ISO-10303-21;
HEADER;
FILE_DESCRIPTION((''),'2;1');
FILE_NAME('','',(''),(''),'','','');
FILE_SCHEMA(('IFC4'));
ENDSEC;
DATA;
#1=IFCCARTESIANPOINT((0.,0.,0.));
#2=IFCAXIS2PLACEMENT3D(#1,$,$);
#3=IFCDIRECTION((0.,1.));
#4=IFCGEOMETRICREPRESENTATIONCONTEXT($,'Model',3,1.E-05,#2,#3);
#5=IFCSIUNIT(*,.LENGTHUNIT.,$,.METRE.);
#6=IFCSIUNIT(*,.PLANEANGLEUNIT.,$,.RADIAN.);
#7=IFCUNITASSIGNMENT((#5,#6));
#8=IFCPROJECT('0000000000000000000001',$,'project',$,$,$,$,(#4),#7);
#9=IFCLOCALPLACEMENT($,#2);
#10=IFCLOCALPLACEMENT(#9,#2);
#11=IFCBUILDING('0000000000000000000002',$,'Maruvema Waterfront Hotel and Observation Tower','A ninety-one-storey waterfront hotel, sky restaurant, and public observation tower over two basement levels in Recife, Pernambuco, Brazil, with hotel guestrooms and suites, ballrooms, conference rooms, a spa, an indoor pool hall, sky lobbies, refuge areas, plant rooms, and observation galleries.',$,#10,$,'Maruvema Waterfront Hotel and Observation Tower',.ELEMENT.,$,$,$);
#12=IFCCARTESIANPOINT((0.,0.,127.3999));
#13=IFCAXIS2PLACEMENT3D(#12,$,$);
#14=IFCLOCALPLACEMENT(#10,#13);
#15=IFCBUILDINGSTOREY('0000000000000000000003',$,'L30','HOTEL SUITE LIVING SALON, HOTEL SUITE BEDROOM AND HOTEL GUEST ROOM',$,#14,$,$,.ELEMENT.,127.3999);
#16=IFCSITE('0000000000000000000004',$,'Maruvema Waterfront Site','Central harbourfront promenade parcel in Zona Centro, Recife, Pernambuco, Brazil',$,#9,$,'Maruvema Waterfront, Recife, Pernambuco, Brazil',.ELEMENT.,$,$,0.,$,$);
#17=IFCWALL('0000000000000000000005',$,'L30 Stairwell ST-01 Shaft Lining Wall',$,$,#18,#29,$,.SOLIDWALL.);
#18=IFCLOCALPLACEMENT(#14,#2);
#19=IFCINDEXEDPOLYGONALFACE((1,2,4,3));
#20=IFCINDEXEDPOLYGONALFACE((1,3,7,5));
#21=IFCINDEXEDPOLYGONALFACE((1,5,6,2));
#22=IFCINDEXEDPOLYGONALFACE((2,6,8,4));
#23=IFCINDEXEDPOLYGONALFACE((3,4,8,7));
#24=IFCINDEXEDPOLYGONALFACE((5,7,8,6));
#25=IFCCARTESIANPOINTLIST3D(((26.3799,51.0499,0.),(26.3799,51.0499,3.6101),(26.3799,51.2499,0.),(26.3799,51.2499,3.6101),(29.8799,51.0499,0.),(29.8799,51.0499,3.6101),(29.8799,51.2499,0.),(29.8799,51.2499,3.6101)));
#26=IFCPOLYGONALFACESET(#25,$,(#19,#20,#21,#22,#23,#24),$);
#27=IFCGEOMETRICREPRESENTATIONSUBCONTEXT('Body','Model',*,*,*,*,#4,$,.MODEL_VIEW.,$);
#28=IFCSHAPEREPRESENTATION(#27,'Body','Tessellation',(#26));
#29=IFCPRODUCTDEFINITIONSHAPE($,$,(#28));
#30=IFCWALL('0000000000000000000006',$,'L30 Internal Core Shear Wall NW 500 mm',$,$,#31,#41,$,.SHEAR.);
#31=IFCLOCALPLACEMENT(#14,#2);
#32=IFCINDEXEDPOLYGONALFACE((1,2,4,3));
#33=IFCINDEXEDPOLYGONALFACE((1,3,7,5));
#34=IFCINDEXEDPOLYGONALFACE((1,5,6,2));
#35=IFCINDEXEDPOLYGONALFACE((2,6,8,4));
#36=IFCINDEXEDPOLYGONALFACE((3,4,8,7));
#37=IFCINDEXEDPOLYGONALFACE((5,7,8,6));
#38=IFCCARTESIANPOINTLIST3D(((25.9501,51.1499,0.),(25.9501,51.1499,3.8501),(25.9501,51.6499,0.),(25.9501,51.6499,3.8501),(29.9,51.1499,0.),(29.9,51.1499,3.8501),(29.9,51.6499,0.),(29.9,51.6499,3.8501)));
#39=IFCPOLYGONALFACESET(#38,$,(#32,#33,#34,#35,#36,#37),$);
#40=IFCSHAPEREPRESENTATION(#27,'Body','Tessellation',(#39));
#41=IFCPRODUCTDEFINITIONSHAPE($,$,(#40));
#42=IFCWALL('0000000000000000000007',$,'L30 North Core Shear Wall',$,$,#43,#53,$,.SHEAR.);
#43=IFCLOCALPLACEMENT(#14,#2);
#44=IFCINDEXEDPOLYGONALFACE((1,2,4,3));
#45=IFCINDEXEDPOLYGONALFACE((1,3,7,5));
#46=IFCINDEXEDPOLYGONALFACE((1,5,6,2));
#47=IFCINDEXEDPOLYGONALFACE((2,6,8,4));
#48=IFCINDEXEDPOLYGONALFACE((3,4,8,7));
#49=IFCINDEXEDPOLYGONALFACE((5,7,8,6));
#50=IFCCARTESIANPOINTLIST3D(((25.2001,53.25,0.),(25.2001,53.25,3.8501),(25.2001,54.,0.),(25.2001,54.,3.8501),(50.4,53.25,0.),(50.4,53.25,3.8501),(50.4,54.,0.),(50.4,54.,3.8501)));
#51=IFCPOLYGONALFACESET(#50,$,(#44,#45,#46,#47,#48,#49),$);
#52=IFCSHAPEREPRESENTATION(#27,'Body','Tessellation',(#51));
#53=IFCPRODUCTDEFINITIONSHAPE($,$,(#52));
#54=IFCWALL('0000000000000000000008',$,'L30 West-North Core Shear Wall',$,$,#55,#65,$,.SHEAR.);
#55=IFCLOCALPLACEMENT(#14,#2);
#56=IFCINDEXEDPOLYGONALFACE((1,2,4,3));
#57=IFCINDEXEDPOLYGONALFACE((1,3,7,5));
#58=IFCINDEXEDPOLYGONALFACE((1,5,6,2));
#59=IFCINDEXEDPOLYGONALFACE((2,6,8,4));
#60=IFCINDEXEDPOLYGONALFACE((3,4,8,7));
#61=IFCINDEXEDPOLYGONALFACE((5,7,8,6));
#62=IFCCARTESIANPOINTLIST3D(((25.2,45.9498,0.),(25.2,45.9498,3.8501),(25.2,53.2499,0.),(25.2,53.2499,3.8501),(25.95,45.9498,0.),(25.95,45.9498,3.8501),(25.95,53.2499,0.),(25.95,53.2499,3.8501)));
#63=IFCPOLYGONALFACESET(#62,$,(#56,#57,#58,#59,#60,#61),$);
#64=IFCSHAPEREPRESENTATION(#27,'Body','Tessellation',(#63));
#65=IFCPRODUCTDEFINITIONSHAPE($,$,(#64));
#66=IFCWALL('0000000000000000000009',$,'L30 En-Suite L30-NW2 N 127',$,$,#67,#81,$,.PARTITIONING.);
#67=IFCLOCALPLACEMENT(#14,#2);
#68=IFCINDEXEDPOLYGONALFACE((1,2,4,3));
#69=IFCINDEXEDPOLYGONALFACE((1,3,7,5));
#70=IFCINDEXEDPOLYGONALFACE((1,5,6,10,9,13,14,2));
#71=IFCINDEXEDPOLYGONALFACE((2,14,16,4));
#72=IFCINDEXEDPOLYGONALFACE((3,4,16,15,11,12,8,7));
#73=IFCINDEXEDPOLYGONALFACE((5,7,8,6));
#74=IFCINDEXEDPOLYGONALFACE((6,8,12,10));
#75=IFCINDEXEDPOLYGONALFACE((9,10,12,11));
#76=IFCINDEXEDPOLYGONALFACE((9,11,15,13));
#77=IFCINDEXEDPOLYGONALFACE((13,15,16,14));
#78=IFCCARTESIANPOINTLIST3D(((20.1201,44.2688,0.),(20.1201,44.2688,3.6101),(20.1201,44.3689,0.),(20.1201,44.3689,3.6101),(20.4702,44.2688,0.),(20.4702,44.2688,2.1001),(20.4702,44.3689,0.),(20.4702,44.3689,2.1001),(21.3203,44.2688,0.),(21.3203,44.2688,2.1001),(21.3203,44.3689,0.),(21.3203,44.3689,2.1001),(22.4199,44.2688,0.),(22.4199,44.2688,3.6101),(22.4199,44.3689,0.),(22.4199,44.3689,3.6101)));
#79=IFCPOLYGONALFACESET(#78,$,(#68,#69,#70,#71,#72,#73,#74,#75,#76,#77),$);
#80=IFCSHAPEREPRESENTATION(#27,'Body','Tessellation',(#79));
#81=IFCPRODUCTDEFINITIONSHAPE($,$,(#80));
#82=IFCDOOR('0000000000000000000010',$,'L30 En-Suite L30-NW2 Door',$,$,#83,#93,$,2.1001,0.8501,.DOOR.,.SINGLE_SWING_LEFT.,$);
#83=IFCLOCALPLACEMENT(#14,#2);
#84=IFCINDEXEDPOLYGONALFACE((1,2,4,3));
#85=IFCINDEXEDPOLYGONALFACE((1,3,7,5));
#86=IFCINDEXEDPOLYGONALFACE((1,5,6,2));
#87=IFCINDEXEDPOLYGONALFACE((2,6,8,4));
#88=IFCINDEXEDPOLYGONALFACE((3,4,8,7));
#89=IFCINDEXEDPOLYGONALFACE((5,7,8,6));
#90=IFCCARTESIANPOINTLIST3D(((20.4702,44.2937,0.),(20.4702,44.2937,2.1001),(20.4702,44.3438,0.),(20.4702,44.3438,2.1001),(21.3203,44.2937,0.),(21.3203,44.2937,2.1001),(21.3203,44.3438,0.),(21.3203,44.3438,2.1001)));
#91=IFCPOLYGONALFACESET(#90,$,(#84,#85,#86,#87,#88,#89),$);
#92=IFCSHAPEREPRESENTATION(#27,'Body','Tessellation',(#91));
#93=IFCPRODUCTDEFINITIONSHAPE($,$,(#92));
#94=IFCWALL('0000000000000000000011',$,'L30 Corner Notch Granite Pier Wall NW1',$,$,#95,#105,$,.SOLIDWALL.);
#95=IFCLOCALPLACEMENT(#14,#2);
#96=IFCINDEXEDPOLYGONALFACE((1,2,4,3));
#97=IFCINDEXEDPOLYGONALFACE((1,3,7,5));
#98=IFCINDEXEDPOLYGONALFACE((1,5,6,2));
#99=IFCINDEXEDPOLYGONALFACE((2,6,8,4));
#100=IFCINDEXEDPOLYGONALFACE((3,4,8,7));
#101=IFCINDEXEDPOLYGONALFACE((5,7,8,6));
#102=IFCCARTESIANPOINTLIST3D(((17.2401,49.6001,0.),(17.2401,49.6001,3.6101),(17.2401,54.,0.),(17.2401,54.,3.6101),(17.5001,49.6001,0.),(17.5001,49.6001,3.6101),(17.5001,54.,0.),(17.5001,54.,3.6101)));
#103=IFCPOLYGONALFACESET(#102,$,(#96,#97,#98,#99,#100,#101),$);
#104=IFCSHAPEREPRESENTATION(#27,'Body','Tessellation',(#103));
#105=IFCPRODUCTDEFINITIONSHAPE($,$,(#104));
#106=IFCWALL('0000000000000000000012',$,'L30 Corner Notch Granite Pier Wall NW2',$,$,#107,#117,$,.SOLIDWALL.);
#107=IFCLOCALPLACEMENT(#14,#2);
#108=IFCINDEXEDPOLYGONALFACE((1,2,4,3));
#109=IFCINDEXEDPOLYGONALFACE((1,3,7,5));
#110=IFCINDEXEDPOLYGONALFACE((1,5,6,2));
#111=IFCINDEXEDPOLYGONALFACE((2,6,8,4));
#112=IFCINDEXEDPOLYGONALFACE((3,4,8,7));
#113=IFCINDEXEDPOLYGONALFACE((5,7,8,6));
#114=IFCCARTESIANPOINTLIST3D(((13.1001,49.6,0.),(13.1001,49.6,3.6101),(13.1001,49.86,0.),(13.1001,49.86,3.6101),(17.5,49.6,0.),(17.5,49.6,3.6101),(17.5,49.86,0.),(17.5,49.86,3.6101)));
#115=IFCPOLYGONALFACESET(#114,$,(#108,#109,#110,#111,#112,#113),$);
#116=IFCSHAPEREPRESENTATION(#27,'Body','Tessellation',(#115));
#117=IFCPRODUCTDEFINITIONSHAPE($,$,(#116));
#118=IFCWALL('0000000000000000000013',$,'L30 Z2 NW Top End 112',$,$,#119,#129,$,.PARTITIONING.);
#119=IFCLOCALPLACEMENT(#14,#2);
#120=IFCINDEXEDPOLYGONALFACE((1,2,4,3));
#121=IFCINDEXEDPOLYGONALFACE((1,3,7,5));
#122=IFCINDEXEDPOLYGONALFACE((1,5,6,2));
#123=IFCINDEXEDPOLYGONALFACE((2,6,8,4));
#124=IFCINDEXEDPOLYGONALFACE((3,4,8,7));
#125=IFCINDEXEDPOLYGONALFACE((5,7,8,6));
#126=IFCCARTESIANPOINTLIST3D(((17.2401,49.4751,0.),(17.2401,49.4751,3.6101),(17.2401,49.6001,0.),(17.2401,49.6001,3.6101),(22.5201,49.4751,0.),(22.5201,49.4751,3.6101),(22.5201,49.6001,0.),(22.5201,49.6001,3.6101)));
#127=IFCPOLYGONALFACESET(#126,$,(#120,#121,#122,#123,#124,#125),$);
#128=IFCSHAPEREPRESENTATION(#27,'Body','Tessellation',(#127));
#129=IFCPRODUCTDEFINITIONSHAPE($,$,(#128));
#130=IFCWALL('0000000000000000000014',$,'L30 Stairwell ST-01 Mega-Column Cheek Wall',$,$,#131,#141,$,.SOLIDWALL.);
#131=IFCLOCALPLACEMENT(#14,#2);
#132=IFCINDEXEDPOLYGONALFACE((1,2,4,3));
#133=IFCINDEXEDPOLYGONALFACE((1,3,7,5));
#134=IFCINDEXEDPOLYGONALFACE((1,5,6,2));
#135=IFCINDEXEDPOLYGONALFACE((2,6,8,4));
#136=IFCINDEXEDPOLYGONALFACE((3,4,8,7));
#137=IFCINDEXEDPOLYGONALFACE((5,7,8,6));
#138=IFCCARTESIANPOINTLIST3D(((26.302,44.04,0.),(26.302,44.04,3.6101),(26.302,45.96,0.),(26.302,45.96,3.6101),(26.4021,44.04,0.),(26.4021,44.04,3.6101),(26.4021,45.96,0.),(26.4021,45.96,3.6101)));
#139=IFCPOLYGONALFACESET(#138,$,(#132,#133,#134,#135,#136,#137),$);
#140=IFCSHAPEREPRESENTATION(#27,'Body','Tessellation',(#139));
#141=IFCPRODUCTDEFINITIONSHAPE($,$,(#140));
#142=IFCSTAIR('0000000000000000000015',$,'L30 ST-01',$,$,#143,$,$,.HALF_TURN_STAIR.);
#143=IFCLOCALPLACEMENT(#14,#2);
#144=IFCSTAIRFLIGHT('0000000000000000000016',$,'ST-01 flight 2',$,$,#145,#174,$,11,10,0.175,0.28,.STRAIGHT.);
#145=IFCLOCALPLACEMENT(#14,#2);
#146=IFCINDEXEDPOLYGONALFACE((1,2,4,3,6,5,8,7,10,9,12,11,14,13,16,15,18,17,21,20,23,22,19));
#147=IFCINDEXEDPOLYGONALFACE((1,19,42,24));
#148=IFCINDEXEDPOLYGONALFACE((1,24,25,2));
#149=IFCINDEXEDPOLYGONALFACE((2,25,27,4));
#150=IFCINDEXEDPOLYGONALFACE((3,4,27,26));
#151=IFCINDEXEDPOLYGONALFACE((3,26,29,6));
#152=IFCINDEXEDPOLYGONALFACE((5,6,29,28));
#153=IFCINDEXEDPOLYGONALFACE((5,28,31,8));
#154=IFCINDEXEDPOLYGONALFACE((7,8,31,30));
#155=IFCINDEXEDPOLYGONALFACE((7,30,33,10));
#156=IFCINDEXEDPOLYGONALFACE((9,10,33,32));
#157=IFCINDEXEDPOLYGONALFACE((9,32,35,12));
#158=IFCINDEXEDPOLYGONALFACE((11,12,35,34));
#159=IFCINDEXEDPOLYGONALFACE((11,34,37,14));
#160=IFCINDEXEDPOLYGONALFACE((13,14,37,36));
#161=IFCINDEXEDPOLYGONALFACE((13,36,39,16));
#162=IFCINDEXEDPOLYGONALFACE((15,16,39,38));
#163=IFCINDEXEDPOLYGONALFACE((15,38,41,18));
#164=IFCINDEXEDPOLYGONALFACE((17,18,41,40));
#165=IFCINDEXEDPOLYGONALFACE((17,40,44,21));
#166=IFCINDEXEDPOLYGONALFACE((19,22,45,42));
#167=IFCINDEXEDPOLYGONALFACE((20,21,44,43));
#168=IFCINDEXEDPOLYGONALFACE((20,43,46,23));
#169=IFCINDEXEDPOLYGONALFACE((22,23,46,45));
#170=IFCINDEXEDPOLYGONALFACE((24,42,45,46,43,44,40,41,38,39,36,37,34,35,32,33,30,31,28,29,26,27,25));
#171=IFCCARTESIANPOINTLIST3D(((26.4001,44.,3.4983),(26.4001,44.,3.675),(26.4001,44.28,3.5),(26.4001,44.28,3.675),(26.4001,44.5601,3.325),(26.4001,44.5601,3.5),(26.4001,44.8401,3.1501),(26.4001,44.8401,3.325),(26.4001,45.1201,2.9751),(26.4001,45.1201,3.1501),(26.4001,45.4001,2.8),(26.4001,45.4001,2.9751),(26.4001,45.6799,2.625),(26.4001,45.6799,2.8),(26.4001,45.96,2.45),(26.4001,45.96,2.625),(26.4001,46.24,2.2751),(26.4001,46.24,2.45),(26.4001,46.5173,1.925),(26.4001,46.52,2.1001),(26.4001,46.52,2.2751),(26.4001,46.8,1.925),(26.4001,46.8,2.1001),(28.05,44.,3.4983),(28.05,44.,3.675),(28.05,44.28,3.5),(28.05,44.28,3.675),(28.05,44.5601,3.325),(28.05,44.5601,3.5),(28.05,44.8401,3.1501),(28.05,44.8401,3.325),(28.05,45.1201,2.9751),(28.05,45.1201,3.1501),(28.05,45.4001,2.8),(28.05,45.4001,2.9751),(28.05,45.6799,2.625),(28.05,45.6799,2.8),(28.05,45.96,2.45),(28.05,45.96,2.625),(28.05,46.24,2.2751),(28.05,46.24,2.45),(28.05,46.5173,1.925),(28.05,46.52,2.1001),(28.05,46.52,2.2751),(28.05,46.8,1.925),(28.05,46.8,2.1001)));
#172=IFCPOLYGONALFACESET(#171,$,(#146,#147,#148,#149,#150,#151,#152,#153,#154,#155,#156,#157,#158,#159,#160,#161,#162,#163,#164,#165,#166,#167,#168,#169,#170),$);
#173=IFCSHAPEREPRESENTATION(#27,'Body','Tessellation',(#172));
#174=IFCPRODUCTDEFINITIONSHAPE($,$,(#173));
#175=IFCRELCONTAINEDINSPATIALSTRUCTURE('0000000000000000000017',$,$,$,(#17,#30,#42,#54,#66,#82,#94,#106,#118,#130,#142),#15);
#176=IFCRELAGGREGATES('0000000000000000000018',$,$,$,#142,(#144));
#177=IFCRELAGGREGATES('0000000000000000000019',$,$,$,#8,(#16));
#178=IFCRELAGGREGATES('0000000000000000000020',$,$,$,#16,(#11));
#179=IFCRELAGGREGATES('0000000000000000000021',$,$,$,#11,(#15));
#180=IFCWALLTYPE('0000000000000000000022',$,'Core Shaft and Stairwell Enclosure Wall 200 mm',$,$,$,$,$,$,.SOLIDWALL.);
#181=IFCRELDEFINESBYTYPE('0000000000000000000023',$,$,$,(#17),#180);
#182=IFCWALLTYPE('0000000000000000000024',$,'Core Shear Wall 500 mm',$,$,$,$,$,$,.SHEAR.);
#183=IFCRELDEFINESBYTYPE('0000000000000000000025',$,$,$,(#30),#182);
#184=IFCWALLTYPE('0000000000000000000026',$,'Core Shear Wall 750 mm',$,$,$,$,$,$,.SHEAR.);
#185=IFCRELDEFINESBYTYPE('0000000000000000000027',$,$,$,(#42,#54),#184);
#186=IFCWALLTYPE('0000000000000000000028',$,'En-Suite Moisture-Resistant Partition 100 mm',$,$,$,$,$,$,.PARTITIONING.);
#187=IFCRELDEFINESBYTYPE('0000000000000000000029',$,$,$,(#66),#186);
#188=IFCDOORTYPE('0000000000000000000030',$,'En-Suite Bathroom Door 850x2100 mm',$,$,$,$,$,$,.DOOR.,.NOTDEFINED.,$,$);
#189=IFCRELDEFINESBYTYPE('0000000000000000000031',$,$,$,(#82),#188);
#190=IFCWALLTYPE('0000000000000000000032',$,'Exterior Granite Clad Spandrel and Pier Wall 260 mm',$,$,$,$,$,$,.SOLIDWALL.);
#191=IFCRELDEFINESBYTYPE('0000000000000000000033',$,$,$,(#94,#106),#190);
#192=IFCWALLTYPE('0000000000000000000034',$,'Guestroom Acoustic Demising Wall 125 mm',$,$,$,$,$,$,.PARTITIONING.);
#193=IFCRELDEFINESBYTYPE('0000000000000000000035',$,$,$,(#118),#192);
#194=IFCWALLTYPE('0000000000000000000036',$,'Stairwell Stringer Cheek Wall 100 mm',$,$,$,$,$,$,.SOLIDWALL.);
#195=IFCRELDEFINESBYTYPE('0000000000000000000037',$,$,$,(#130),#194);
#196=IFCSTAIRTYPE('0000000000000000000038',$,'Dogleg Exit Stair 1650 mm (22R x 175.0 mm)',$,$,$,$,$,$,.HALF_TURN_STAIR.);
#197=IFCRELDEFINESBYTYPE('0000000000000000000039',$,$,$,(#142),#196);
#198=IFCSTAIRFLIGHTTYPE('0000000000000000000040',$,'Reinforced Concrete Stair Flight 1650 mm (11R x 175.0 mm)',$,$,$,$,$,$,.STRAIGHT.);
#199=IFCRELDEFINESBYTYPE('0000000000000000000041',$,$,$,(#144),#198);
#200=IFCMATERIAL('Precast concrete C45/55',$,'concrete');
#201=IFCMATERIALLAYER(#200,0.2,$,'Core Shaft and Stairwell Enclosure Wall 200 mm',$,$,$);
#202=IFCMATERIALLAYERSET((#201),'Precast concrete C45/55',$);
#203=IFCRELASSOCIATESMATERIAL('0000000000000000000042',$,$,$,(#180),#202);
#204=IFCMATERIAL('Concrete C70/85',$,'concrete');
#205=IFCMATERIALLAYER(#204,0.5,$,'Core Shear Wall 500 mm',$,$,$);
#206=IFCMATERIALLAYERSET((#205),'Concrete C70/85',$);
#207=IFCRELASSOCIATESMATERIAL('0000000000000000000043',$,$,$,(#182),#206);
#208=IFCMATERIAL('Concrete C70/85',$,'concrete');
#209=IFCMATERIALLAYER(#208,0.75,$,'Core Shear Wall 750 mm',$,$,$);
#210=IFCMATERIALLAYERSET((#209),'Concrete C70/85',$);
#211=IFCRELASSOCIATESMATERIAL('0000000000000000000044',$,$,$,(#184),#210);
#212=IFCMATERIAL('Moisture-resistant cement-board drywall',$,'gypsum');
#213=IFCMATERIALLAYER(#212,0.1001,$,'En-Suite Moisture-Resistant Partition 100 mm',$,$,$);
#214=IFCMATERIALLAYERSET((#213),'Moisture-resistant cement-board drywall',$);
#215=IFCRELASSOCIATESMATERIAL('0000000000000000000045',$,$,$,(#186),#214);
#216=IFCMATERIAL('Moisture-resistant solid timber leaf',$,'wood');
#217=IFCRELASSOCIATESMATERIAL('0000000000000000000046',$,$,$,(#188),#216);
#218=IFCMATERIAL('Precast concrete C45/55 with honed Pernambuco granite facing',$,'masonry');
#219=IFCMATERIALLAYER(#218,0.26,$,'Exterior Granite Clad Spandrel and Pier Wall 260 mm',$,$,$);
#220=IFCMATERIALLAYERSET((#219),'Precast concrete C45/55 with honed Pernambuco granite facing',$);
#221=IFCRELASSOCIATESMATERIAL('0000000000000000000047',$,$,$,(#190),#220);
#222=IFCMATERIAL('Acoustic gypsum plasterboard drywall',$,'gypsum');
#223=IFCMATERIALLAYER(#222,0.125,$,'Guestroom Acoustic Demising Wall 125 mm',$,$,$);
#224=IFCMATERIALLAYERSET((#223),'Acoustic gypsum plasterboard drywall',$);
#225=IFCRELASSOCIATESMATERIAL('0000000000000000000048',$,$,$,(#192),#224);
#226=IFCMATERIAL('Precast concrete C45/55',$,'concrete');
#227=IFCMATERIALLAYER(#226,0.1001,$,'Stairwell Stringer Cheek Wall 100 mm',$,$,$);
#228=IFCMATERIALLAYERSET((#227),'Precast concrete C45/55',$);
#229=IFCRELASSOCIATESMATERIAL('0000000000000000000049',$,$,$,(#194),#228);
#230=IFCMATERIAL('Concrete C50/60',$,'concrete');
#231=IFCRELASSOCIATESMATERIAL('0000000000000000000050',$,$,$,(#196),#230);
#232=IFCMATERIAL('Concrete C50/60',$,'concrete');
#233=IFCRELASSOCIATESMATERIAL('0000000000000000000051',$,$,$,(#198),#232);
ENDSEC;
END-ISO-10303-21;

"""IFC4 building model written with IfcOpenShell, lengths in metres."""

from ifc_helpers import new_model, si_unit, direction, frame, frame_2d, origin, place, context, subcontext, project, spatial, polyline, rectangle, outline, extrude, material, layer, layer_set, type_object, element, fill, aggregate, save


model = new_model("IFC4")

# Units and contexts
model_context = context("Model", 3, precision=1e-05, world=origin(), true_north=direction((0.0, 1.0)))
body_context = subcontext(model_context, "Body", "Model", "MODEL_VIEW")
ifc_project = project(units=[si_unit("LENGTHUNIT", "METRE"), si_unit("PLANEANGLEUNIT", "RADIAN")], contexts=[model_context])

# Site, building, storey
site_placement = place(None, origin())
site = spatial("IfcSite", under=ifc_project, at=site_placement, Name="Maruvema Waterfront Site", Description="Central harbourfront promenade parcel in Zona Centro, Recife, Pernambuco, Brazil", LongName="Maruvema Waterfront, Recife, Pernambuco, Brazil", CompositionType="ELEMENT", RefElevation=0.0)
building_placement = place(site_placement, origin())
building = spatial("IfcBuilding", under=site, at=building_placement, Name="Maruvema Waterfront Hotel and Observation Tower", Description="A ninety-one-storey waterfront hotel, sky restaurant, and public observation tower over two basement levels in Recife, Pernambuco, Brazil, with hotel guestrooms and suites, ballrooms, conference rooms, a spa, an indoor pool hall, sky lobbies, refuge areas, plant rooms, and observation galleries.", LongName="Maruvema Waterfront Hotel and Observation Tower", CompositionType="ELEMENT")
storey_placement = place(building_placement, frame((0.0, 0.0, 127.3999)))
storey = spatial("IfcBuildingStorey", under=building, at=storey_placement, Name="L30", Description="HOTEL SUITE LIVING SALON, HOTEL SUITE BEDROOM AND HOTEL GUEST ROOM", CompositionType="ELEMENT", Elevation=127.3999)

# Walls
ifc_material_1 = material(Name="Precast concrete C45/55", Category="concrete")
ifc_layer_1 = layer(ifc_material_1, 0.2, Name="Core Shaft and Stairwell Enclosure Wall 200 mm")
ifc_layer_set_1 = layer_set([ifc_layer_1], Name="Precast concrete C45/55")
wall_type_1 = type_object("IfcWallType", Name="Core Shaft and Stairwell Enclosure Wall 200 mm", PredefinedType="SOLIDWALL", material=ifc_layer_set_1)
wall_1_placement = place(storey_placement, frame((26.3799, 51.1499, 0.0), z_axis=(0.0, 0.0, 1.0), x_axis=(1.0, 0.0, 0.0)))
element("IfcWall", 1, at=wall_1_placement, inside=storey, type_object=wall_type_1, Name="L30 Stairwell ST-01 Shaft Lining Wall", PredefinedType="SOLIDWALL", context=body_context, shape_type="SweptSolid", body=[
    extrude(rectangle(XDim=3.5, YDim=0.2, at=frame_2d((1.75, 0.0))), origin(), (0.0, 0.0, 1.0), 3.6101),
])
ifc_material_2 = material(Name="Concrete C70/85", Category="concrete")
ifc_layer_2 = layer(ifc_material_2, 0.5, Name="Core Shear Wall 500 mm")
ifc_layer_set_2 = layer_set([ifc_layer_2], Name="Concrete C70/85")
wall_type_2 = type_object("IfcWallType", Name="Core Shear Wall 500 mm", PredefinedType="SHEAR", material=ifc_layer_set_2)
wall_2_placement = place(storey_placement, frame((25.95, 51.3999, 0.0), z_axis=(0.0, 0.0, 1.0), x_axis=(1.0, 0.0, 0.0)))
element("IfcWall", 2, at=wall_2_placement, inside=storey, type_object=wall_type_2, Name="L30 Internal Core Shear Wall NW 500 mm", PredefinedType="SHEAR", context=body_context, shape_type="SweptSolid", body=[
    extrude(rectangle(XDim=3.95, YDim=0.5, at=frame_2d((1.9751, 0.0))), origin(), (0.0, 0.0, 1.0), 3.8501),
])
ifc_material_3 = material(Name="Concrete C70/85", Category="concrete")
ifc_layer_3 = layer(ifc_material_3, 0.75, Name="Core Shear Wall 750 mm")
ifc_layer_set_3 = layer_set([ifc_layer_3], Name="Concrete C70/85")
wall_type_3 = type_object("IfcWallType", Name="Core Shear Wall 750 mm", PredefinedType="SHEAR", material=ifc_layer_set_3)
wall_3_placement = place(storey_placement, frame((25.2, 53.625, 0.0), z_axis=(0.0, 0.0, 1.0), x_axis=(1.0, 0.0, 0.0)))
element("IfcWall", 3, at=wall_3_placement, inside=storey, type_object=wall_type_3, Name="L30 North Core Shear Wall", PredefinedType="SHEAR", context=body_context, shape_type="SweptSolid", body=[
    extrude(rectangle(XDim=25.2, YDim=0.75, at=frame_2d((12.6001, 0.0))), origin(), (0.0, 0.0, 1.0), 3.8501),
])
wall_4_placement = place(storey_placement, frame((25.575, 45.95, 0.0), z_axis=(0.0, 0.0, 1.0), x_axis=(0.0, 1.0, 0.0)))
element("IfcWall", 4, at=wall_4_placement, inside=storey, type_object=wall_type_3, Name="L30 West-North Core Shear Wall", PredefinedType="SHEAR", context=body_context, shape_type="SweptSolid", body=[
    extrude(rectangle(XDim=7.3, YDim=0.75, at=frame_2d((3.6499, 0.0))), origin(), (0.0, 0.0, 1.0), 3.8501),
])

# Wall, opening, door
ifc_material_4 = material(Name="Moisture-resistant cement-board drywall", Category="gypsum")
ifc_layer_4 = layer(ifc_material_4, 0.1001, Name="En-Suite Moisture-Resistant Partition 100 mm")
ifc_layer_set_4 = layer_set([ifc_layer_4], Name="Moisture-resistant cement-board drywall")
wall_type_4 = type_object("IfcWallType", Name="En-Suite Moisture-Resistant Partition 100 mm", PredefinedType="PARTITIONING", material=ifc_layer_set_4)
wall_5_placement = place(storey_placement, frame((20.1201, 44.3188, 0.0), z_axis=(0.0, 0.0, 1.0), x_axis=(1.0, 0.0, 0.0)))
wall_5 = element("IfcWall", 5, at=wall_5_placement, inside=storey, type_object=wall_type_4, Name="L30 En-Suite L30-NW2 N 127", PredefinedType="PARTITIONING", context=body_context, shape_type="SweptSolid", body=[
    extrude(rectangle(XDim=2.2998, YDim=0.1001, at=frame_2d((1.1499, 0.0))), origin(), (0.0, 0.0, 1.0), 3.6101),
])
opening_1_placement = place(wall_5_placement, frame((0.3501, 0.0, 0.0)))
opening_1 = element("IfcOpeningElement", 6, at=opening_1_placement, cuts=wall_5, PredefinedType="OPENING", context=body_context, shape_type="SweptSolid", body=[
    extrude(rectangle(XDim=0.8501, YDim=2.1001, at=frame_2d((0.425, 1.05))), frame((0.0, 0.0601, 0.0), z_axis=(0.0, -1.0, 0.0), x_axis=(1.0, 0.0, 0.0)), (0.0, 0.0, 1.0), 0.1201),
])
ifc_material_5 = material(Name="Moisture-resistant solid timber leaf", Category="wood")
door_type_1 = type_object("IfcDoorType", Name="En-Suite Bathroom Door 850x2100 mm", OperationType="NOTDEFINED", PredefinedType="DOOR", material=ifc_material_5)
door_1_placement = place(opening_1_placement, origin())
door_1 = element("IfcDoor", 7, at=door_1_placement, inside=storey, type_object=door_type_1, Name="L30 En-Suite L30-NW2 Door", OperationType="SINGLE_SWING_LEFT", OverallHeight=2.1001, OverallWidth=0.8501, PredefinedType="DOOR", context=body_context, shape_type="SweptSolid", body=[
    extrude(rectangle(XDim=0.8501, YDim=2.1001, at=frame_2d((0.425, 1.05))), frame((0.0, 0.0249, 0.0), z_axis=(0.0, -1.0, 0.0), x_axis=(1.0, 0.0, 0.0)), (0.0, 0.0, 1.0), 0.05),
])
fill(opening_1, door_1)

# Walls
ifc_material_6 = material(Name="Precast concrete C45/55 with honed Pernambuco granite facing", Category="masonry")
ifc_layer_5 = layer(ifc_material_6, 0.26, Name="Exterior Granite Clad Spandrel and Pier Wall 260 mm")
ifc_layer_set_5 = layer_set([ifc_layer_5], Name="Precast concrete C45/55 with honed Pernambuco granite facing")
wall_type_5 = type_object("IfcWallType", Name="Exterior Granite Clad Spandrel and Pier Wall 260 mm", PredefinedType="SOLIDWALL", material=ifc_layer_set_5)
for number, where, z_axis, x_axis, name in (
    (8, (17.3701, 49.6001, 0.0), (0.0, 0.0, 1.0), (0.0, 1.0, 0.0), "L30 Corner Notch Granite Pier Wall NW1"),
    (9, (13.1001, 49.73, 0.0), (0.0, 0.0, 1.0), (1.0, 0.0, 0.0), "L30 Corner Notch Granite Pier Wall NW2"),
):
    element("IfcWall", number, at=place(storey_placement, frame(where, z_axis=z_axis, x_axis=x_axis)), inside=storey, type_object=wall_type_5, Name=name, PredefinedType="SOLIDWALL", context=body_context, shape_type="SweptSolid", body=[
        extrude(rectangle(XDim=4.3999, YDim=0.26, at=frame_2d((2.2, 0.0))), origin(), (0.0, 0.0, 1.0), 3.6101),
    ])
ifc_material_7 = material(Name="Acoustic gypsum plasterboard drywall", Category="gypsum")
ifc_layer_6 = layer(ifc_material_7, 0.125, Name="Guestroom Acoustic Demising Wall 125 mm")
ifc_layer_set_6 = layer_set([ifc_layer_6], Name="Acoustic gypsum plasterboard drywall")
wall_type_6 = type_object("IfcWallType", Name="Guestroom Acoustic Demising Wall 125 mm", PredefinedType="PARTITIONING", material=ifc_layer_set_6)
wall_6_placement = place(storey_placement, frame((17.24, 49.5376, 0.0), z_axis=(0.0, 0.0, 1.0), x_axis=(1.0, 0.0, 0.0)))
element("IfcWall", 10, at=wall_6_placement, inside=storey, type_object=wall_type_6, Name="L30 Z2 NW Top End 112", PredefinedType="PARTITIONING", context=body_context, shape_type="SweptSolid", body=[
    extrude(rectangle(XDim=5.28, YDim=0.125, at=frame_2d((2.6401, 0.0))), origin(), (0.0, 0.0, 1.0), 3.6101),
])
ifc_material_8 = material(Name="Precast concrete C45/55", Category="concrete")
ifc_layer_7 = layer(ifc_material_8, 0.1001, Name="Stairwell Stringer Cheek Wall 100 mm")
ifc_layer_set_7 = layer_set([ifc_layer_7], Name="Precast concrete C45/55")
wall_type_7 = type_object("IfcWallType", Name="Stairwell Stringer Cheek Wall 100 mm", PredefinedType="SOLIDWALL", material=ifc_layer_set_7)
wall_7_placement = place(storey_placement, frame((26.3521, 44.04, 0.0), z_axis=(0.0, 0.0, 1.0), x_axis=(0.0, 1.0, 0.0)))
element("IfcWall", 11, at=wall_7_placement, inside=storey, type_object=wall_type_7, Name="L30 Stairwell ST-01 Mega-Column Cheek Wall", PredefinedType="SOLIDWALL", context=body_context, shape_type="SweptSolid", body=[
    extrude(rectangle(XDim=1.9199, YDim=0.1001, at=frame_2d((0.96, 0.0))), origin(), (0.0, 0.0, 1.0), 3.6101),
])

# Stair, stair flight
ifc_material_9 = material(Name="Concrete C50/60", Category="concrete")
stair_type = type_object("IfcStairType", Name="Dogleg Exit Stair 1650 mm (22R x 175.0 mm)", PredefinedType="HALF_TURN_STAIR", material=ifc_material_9)
stair_placement = place(storey_placement, origin())
stair = element("IfcStair", 12, at=stair_placement, inside=storey, type_object=stair_type, Name="L30 ST-01", PredefinedType="HALF_TURN_STAIR")
ifc_material_10 = material(Name="Concrete C50/60", Category="concrete")
stair_flight_type = type_object("IfcStairFlightType", Name="Reinforced Concrete Stair Flight 1650 mm (11R x 175.0 mm)", PredefinedType="STRAIGHT", material=ifc_material_10)
stair_flight_placement = place(storey_placement, frame((27.2251, 46.8, 1.925), z_axis=(0.0, 0.0, 1.0), x_axis=(0.0, -1.0, 0.0)))
stair_flight = element("IfcStairFlight", 13, at=stair_flight_placement, type_object=stair_flight_type, Name="ST-01 flight 2", NumberOfRisers=11, NumberOfTreads=10, PredefinedType="STRAIGHT", RiserHeight=0.175, TreadLength=0.28, context=body_context, shape_type="SweptSolid", body=[
    extrude(outline(polyline([(0.0, 0.0), (0.0, 0.175), (0.28, 0.175), (0.28, 0.3501), (0.5601, 0.3501), (0.5601, 0.5249), (0.8401, 0.5249), (0.8401, 0.7), (1.1201, 0.7), (1.1201, 0.875), (1.3999, 0.875), (1.3999, 1.05), (1.6799, 1.05), (1.6799, 1.2251), (1.96, 1.2251), (1.96, 1.3999), (2.24, 1.3999), (2.24, 1.575), (2.52, 1.575), (2.52, 1.75), (2.8, 1.75), (2.8, 1.925), (2.8, 1.5732), (0.2827, 0.0), (0.0, 0.0)])), frame((0.0, 0.825, 0.0), z_axis=(0.0, -1.0, 0.0), x_axis=(1.0, 0.0, 0.0)), (0.0, 0.0, 1.0), 1.6499),
])
aggregate(stair, [stair_flight])

save(model, "model.ifc")
